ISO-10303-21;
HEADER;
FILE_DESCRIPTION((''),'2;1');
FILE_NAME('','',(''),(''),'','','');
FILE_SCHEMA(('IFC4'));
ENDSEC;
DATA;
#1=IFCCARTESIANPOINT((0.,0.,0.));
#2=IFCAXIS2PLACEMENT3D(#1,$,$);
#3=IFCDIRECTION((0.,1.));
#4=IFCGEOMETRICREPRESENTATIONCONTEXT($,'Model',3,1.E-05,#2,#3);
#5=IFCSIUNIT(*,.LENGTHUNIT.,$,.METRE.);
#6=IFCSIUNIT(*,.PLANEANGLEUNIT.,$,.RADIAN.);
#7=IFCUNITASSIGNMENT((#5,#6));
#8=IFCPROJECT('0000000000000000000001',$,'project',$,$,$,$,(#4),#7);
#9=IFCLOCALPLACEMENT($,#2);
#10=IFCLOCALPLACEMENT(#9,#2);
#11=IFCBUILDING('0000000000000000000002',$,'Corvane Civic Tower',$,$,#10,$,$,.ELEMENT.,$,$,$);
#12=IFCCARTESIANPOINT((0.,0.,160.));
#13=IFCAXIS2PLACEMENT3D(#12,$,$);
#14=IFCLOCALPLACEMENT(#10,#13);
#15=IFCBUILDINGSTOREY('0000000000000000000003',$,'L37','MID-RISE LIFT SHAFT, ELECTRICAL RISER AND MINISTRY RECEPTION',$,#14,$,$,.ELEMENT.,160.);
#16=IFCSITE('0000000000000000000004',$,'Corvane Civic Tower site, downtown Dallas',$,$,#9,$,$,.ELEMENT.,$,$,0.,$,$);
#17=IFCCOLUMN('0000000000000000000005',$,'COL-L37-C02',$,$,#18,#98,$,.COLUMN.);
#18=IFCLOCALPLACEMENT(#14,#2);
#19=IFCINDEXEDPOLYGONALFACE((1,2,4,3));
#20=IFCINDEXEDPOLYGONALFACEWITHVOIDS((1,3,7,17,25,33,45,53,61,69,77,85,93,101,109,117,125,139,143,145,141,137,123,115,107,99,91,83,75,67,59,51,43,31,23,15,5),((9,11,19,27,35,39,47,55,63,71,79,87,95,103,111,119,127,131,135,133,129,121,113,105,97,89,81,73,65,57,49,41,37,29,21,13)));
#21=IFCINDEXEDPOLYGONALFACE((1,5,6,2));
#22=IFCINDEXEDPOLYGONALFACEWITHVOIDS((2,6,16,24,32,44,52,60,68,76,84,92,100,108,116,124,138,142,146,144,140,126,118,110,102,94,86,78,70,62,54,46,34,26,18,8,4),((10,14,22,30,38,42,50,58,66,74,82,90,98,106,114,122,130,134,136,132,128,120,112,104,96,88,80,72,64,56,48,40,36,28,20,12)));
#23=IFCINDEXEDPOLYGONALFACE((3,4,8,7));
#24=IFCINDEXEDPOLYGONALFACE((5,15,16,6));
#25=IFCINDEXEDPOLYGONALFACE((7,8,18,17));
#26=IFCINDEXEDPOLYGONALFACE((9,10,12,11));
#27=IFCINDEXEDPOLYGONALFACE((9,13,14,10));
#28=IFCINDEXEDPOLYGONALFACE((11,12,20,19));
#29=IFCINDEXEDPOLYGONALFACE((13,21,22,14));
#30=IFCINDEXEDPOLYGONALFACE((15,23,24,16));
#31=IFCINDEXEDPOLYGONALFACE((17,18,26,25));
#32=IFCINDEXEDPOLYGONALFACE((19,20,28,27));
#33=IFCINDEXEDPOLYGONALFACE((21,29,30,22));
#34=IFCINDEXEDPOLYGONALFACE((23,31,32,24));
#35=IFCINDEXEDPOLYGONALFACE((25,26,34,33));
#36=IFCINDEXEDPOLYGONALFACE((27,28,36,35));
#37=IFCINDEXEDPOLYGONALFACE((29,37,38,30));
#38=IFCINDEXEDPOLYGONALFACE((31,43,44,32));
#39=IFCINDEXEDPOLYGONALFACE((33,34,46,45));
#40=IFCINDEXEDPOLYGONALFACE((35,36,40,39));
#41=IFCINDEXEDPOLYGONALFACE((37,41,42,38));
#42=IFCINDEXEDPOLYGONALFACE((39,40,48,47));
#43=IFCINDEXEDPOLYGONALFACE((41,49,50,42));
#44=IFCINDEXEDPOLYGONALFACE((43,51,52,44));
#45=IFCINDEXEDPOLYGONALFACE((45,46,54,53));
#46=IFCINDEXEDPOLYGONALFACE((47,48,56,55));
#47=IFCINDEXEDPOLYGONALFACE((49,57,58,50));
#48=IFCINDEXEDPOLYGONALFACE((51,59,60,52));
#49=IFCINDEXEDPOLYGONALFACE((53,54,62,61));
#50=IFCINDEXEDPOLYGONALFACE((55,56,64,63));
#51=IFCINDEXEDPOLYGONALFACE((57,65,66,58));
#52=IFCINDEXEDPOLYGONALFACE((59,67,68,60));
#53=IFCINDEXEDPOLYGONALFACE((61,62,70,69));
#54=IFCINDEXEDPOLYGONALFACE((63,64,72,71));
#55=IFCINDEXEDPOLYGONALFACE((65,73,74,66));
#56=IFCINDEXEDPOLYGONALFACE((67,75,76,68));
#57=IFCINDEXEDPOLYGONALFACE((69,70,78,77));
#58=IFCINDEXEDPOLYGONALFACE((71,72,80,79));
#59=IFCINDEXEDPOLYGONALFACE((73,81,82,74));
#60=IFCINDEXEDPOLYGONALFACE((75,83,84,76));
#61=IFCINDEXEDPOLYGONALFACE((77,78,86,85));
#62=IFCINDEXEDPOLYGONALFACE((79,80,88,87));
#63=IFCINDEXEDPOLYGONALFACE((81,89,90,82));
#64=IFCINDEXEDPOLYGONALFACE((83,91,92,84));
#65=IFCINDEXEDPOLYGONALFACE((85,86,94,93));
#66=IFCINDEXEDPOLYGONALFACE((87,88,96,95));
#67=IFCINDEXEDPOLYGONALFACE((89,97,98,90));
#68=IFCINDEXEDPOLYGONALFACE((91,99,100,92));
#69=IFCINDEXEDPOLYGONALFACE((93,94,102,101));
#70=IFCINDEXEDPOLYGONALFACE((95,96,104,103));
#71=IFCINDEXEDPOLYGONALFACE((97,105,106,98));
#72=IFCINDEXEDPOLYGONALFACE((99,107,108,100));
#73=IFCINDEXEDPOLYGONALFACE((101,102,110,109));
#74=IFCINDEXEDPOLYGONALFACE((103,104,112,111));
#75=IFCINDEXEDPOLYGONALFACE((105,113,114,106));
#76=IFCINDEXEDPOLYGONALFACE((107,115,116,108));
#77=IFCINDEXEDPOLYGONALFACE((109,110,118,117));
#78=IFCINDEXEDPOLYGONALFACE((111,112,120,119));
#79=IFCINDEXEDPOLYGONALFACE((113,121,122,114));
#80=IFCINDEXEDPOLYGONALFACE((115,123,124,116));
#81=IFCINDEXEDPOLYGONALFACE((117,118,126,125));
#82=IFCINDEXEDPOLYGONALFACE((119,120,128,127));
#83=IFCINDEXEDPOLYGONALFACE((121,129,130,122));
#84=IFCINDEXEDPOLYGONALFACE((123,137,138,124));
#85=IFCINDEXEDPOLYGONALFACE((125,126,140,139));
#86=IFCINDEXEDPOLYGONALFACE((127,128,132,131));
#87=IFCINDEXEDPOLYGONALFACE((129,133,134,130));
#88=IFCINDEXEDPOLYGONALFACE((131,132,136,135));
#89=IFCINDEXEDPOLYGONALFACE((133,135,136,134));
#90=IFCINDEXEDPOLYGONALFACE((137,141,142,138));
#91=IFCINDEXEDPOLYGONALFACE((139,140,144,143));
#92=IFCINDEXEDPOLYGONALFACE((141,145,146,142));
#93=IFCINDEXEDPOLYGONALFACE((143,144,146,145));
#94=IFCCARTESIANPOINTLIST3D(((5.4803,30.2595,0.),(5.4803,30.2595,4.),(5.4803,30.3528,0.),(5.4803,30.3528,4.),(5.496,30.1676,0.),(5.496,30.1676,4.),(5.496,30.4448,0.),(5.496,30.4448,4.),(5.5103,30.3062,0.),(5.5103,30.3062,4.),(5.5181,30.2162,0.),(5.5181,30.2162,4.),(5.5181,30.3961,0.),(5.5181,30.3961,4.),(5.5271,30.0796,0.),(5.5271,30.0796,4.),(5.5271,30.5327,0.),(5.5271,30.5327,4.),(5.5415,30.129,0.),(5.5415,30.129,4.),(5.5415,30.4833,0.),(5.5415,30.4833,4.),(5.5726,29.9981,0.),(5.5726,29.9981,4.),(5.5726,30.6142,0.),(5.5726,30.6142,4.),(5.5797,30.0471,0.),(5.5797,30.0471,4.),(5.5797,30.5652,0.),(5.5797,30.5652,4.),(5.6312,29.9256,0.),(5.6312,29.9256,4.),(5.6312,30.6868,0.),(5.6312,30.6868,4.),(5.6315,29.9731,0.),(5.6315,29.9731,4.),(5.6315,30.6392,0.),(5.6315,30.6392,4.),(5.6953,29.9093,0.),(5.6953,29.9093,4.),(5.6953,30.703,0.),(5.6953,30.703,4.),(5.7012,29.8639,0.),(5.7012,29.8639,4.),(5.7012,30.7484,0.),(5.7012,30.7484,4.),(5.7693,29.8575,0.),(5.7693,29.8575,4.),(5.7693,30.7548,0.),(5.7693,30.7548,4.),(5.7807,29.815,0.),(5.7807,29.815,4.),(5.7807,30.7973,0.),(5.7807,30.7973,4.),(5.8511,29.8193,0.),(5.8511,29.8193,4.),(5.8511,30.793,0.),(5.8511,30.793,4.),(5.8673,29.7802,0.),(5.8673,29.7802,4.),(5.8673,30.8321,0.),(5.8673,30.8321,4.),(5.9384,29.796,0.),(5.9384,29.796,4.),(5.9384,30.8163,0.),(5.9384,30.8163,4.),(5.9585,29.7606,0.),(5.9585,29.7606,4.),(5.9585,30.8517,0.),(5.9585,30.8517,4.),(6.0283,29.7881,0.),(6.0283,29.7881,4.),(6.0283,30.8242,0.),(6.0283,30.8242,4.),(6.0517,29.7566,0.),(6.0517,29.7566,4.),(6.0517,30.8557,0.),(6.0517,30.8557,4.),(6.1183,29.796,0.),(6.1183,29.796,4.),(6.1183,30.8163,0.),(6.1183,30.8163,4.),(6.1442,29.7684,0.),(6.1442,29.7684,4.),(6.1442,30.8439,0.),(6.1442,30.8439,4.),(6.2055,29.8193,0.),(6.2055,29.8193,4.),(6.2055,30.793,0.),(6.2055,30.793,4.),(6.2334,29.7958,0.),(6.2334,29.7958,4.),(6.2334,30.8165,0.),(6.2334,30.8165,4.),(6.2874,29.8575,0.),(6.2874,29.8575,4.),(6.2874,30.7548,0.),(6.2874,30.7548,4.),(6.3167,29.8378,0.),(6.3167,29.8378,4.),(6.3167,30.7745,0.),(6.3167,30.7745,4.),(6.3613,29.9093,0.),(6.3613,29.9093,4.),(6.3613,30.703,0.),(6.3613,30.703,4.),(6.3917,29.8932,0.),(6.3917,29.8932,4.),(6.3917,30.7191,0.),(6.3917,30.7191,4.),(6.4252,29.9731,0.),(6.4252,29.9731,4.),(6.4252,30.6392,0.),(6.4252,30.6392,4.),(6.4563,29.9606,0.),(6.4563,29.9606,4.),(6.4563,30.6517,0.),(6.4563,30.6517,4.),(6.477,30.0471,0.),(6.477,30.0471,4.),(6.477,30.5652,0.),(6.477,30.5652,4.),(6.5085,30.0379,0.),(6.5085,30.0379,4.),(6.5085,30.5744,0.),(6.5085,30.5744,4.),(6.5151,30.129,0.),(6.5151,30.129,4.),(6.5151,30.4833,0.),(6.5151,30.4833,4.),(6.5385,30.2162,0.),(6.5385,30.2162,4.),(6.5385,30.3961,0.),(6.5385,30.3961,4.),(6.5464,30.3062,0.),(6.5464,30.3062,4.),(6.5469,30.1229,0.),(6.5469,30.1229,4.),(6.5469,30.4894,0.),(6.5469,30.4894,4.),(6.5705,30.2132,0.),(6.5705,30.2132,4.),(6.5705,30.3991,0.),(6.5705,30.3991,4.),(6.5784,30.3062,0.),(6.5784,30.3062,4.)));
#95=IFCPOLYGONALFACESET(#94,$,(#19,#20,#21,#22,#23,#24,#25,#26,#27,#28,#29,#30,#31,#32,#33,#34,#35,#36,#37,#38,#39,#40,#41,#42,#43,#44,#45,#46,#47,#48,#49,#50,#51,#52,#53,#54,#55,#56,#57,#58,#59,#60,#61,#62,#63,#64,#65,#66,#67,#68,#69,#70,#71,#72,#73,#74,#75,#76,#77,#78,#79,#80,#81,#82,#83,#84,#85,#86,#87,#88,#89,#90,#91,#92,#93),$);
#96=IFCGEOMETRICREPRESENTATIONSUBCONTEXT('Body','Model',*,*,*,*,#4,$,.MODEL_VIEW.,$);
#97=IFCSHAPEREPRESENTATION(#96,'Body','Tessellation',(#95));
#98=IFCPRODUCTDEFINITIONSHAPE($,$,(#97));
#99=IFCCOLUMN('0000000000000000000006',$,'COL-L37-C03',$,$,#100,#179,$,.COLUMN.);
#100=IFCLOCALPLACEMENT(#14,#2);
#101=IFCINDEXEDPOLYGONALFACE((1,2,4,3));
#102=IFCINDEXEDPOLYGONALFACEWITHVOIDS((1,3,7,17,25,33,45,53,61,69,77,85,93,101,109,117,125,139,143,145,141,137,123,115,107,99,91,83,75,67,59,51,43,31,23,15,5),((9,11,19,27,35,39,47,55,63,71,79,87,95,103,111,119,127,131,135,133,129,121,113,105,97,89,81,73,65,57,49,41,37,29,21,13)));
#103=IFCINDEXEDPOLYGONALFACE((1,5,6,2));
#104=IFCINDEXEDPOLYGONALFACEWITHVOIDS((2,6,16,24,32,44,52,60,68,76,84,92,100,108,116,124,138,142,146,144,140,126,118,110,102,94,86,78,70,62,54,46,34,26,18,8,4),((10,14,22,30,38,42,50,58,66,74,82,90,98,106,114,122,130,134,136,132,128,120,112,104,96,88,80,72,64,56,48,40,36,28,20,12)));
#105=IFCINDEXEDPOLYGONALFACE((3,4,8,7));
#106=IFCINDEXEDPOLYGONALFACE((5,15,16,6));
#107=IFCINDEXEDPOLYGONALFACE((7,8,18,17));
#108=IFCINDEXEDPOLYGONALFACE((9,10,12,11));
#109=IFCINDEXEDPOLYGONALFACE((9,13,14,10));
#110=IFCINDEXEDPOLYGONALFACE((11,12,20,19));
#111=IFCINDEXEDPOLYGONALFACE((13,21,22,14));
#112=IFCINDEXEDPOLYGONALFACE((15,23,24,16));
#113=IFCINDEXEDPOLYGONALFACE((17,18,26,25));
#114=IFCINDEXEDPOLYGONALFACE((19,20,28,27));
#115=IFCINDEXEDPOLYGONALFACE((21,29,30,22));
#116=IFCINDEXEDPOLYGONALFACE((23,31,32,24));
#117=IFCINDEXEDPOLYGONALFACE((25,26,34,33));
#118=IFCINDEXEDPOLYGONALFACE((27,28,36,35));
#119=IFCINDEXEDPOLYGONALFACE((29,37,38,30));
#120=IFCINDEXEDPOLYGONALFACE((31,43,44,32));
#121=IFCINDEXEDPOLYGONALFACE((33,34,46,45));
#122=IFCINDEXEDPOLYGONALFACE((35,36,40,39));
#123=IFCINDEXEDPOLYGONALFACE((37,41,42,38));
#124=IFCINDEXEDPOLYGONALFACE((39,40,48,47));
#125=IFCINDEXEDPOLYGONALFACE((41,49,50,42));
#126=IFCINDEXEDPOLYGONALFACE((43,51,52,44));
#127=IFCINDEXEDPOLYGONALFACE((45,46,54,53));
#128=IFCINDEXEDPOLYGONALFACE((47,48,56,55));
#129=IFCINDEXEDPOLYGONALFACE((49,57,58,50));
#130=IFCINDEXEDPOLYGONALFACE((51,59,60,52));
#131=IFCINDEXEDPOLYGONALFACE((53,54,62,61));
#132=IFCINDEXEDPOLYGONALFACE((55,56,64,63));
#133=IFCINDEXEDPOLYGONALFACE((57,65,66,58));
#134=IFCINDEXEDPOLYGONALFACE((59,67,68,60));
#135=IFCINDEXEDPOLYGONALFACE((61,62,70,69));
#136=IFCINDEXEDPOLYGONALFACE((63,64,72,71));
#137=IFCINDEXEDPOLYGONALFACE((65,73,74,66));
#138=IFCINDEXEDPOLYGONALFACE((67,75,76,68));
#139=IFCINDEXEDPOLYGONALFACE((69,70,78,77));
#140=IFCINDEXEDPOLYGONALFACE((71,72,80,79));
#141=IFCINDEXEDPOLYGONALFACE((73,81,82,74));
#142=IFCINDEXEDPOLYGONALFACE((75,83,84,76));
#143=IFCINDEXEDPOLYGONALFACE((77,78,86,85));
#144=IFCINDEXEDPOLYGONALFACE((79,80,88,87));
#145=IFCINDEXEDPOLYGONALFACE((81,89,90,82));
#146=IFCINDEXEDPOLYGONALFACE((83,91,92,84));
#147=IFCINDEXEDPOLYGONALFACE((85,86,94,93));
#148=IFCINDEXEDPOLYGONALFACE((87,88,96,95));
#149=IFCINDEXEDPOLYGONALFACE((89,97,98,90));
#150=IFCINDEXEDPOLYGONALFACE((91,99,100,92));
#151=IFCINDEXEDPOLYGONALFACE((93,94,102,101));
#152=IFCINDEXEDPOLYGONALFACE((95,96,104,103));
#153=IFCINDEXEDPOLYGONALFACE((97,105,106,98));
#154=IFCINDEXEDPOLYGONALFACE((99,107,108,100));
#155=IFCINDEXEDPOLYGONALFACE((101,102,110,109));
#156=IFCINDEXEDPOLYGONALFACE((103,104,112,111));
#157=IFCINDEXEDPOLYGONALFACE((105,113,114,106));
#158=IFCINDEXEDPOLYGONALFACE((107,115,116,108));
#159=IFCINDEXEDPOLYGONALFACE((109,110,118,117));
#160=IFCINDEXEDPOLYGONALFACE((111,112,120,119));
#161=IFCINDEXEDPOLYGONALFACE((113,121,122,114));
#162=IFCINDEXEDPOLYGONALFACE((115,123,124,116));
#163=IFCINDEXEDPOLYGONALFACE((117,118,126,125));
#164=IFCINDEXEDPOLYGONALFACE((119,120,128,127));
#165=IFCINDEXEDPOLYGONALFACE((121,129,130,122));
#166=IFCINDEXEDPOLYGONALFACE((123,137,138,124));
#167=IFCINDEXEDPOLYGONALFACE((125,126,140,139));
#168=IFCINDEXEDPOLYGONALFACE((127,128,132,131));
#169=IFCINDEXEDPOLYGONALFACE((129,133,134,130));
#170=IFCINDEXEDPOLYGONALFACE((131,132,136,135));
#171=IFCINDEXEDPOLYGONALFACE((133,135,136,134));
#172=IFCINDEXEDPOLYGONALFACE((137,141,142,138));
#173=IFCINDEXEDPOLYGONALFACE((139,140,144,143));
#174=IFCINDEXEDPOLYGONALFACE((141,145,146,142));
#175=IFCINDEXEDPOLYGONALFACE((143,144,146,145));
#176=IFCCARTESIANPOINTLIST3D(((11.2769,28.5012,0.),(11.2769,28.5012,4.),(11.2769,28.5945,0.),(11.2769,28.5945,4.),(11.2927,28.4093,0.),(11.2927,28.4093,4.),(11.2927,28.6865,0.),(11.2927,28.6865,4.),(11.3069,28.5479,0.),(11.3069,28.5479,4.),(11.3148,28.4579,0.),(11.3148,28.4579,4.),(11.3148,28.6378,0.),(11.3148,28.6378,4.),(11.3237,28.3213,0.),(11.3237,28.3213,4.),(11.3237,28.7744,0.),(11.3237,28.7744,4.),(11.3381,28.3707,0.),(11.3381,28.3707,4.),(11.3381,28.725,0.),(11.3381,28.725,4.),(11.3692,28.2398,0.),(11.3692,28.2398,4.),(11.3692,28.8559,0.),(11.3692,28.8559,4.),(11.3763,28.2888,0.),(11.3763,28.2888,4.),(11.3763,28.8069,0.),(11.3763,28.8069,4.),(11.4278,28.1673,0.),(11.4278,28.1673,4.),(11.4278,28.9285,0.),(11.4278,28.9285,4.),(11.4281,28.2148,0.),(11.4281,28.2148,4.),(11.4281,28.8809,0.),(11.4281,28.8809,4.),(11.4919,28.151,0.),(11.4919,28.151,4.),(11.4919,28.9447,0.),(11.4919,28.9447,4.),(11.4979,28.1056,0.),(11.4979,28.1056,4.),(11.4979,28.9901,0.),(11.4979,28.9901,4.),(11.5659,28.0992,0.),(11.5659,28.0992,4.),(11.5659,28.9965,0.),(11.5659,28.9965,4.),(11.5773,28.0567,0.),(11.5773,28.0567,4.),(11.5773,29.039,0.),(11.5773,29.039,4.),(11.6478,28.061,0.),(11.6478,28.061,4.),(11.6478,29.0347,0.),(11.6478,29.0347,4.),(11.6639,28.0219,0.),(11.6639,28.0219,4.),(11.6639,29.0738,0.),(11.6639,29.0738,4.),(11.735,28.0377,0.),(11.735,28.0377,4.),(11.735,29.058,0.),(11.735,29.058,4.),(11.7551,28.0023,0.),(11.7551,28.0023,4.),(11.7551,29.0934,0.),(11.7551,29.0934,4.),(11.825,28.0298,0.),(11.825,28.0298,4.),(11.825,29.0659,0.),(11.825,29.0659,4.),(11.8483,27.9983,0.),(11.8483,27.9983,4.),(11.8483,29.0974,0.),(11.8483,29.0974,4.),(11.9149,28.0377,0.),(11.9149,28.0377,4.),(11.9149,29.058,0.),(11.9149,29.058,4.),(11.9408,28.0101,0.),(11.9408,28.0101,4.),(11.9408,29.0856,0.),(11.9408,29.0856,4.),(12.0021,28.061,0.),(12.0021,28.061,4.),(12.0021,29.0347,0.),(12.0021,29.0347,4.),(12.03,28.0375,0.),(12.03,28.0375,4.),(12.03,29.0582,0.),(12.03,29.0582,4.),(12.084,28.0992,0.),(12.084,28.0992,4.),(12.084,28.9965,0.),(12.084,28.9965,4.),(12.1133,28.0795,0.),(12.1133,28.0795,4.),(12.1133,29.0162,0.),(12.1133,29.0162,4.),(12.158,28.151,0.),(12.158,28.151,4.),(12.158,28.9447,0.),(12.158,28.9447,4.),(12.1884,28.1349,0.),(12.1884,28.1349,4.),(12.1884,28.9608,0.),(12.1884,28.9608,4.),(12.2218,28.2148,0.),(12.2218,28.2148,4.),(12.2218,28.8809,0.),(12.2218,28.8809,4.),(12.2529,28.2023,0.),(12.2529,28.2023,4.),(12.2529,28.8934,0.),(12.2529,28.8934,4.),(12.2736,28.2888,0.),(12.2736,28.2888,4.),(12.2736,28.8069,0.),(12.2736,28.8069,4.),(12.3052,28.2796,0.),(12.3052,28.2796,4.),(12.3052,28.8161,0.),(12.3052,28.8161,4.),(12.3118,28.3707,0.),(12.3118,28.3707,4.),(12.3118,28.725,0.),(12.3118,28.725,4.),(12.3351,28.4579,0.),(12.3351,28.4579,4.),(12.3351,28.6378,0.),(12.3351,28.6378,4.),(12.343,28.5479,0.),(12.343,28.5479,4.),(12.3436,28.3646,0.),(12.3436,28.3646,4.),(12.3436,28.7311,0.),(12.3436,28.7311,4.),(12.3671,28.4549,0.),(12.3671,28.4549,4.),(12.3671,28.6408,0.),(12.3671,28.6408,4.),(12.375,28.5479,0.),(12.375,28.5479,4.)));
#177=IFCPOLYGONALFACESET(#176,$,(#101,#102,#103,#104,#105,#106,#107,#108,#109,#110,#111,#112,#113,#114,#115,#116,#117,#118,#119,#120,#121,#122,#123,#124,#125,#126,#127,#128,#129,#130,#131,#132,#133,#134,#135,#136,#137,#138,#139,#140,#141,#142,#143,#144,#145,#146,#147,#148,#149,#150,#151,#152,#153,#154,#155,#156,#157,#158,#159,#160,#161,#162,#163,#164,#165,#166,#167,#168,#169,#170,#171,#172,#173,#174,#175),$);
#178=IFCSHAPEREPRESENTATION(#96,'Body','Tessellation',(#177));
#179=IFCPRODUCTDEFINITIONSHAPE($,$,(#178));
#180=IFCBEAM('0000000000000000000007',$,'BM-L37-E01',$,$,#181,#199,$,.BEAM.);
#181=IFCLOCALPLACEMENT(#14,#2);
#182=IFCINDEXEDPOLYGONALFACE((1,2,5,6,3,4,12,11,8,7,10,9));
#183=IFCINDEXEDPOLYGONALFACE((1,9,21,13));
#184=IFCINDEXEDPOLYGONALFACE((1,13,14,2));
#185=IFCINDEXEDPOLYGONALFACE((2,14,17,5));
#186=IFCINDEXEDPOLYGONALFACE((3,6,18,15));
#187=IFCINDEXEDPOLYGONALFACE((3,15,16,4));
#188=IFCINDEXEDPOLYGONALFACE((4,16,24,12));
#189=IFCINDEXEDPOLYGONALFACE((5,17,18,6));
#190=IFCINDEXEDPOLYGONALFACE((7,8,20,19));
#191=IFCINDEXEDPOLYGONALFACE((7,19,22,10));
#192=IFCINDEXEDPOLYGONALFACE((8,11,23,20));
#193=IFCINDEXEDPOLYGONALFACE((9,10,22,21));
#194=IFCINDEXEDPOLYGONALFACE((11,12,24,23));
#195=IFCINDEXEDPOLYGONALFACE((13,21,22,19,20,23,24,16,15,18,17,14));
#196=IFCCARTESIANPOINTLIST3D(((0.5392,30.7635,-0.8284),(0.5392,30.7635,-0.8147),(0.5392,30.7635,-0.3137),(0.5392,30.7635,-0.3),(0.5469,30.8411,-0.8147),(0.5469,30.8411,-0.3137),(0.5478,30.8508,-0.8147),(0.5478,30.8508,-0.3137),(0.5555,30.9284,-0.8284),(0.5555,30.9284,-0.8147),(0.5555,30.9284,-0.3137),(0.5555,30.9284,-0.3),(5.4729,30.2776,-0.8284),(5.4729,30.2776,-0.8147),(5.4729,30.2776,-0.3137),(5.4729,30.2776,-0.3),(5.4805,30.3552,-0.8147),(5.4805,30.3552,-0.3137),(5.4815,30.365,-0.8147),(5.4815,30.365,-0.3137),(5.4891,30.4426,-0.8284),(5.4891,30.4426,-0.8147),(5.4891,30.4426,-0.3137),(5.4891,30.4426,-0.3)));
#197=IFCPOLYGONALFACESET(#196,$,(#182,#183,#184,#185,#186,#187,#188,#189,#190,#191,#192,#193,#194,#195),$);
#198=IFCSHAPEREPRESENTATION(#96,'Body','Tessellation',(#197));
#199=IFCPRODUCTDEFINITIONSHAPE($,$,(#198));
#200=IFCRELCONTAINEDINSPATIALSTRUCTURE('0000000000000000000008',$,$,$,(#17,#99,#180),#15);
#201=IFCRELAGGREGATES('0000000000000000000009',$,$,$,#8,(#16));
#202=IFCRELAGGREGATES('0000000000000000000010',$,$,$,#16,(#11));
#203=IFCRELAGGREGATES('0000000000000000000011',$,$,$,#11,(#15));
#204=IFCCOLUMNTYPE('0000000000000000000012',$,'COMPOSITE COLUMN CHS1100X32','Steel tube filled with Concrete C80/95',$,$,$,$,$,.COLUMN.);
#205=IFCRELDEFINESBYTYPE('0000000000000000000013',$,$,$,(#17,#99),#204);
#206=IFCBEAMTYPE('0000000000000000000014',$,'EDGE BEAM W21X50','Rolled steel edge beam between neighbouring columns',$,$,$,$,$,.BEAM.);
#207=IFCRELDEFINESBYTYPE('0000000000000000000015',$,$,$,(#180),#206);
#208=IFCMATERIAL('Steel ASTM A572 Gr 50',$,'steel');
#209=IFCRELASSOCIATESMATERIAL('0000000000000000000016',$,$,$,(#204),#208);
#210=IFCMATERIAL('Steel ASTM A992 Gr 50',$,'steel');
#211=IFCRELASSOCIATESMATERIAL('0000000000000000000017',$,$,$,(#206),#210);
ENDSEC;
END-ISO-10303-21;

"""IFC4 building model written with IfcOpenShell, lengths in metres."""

from ifc_helpers import new_model, si_unit, direction, frame, origin, origin_2d, place, context, subcontext, project, spatial, hollow_circle, i_section, extrude, material, material_profile, profile_set, type_object, element, save


model = new_model("IFC4")

# Units and contexts
model_context = context("Model", 3, precision=1e-05, world=origin(), true_north=direction((0.0, 1.0)))
body_context = subcontext(model_context, "Body", "Model", "MODEL_VIEW")
ifc_project = project(units=[si_unit("LENGTHUNIT", "METRE"), si_unit("PLANEANGLEUNIT", "RADIAN")], contexts=[model_context])

# Site, building, storey
site_placement = place(None, origin())
site = spatial("IfcSite", under=ifc_project, at=site_placement, Name="Corvane Civic Tower site, downtown Dallas", CompositionType="ELEMENT", RefElevation=0.0)
building_placement = place(site_placement, origin())
building = spatial("IfcBuilding", under=site, at=building_placement, Name="Corvane Civic Tower", CompositionType="ELEMENT")
storey_placement = place(building_placement, frame((0.0, 0.0, 160.0)))
storey = spatial("IfcBuildingStorey", under=building, at=storey_placement, Name="L37", Description="MID-RISE LIFT SHAFT, ELECTRICAL RISER AND MINISTRY RECEPTION", CompositionType="ELEMENT", Elevation=160.0)

# Columns
ifc_material_1 = material(Name="Steel ASTM A572 Gr 50", Category="steel")
ifc_material_profile_1 = material_profile(ifc_material_1, hollow_circle(Radius=0.55, WallThickness=0.032, at=origin_2d()), Name="CHS1100X32")
ifc_profile_set_1 = profile_set([ifc_material_profile_1], Name="Steel ASTM A572 Gr 50")
column_type = type_object("IfcColumnType", Name="COMPOSITE COLUMN CHS1100X32", Description="Steel tube filled with Concrete C80/95", PredefinedType="COLUMN", material=ifc_profile_set_1)
for number, where, z_axis, x_axis, name in (
    (1, (6.0283, 30.3062, 0.0), (0.0, 0.0, 1.0), (1.0, 0.0, 0.0), "COL-L37-C02"),
    (2, (11.825, 28.5479, 0.0), (0.0, 0.0, 1.0), (1.0, 0.0, 0.0), "COL-L37-C03"),
):
    element("IfcColumn", number, at=place(storey_placement, frame(where, z_axis=z_axis, x_axis=x_axis)), inside=storey, type_object=column_type, Name=name, PredefinedType="COLUMN", context=body_context, shape_type="SweptSolid", body=[
        extrude(hollow_circle(Radius=0.55, WallThickness=0.032, at=origin_2d()), origin(), (0.0, 0.0, 1.0), 4.0),
    ])

# Beam
ifc_material_2 = material(Name="Steel ASTM A992 Gr 50", Category="steel")
ifc_material_profile_2 = material_profile(ifc_material_2, i_section(OverallWidth=0.1658, OverallDepth=0.5283, WebThickness=0.0098, FlangeThickness=0.0137, at=origin_2d()), Name="W21X50")
ifc_profile_set_2 = profile_set([ifc_material_profile_2], Name="Steel ASTM A992 Gr 50")
beam_type_1 = type_object("IfcBeamType", Name="EDGE BEAM W21X50", Description="Rolled steel edge beam between neighbouring columns", PredefinedType="BEAM", material=ifc_profile_set_2)
beam_1_placement = place(storey_placement, frame((0.5474, 30.8459, -0.5642), z_axis=(0.995186, -0.098002, 0.0), x_axis=(0.098002, 0.995186, 0.0)))
element("IfcBeam", 3, at=beam_1_placement, inside=storey, type_object=beam_type_1, Name="BM-L37-E01", PredefinedType="BEAM", context=body_context, shape_type="SweptSolid", body=[
    extrude(i_section(OverallWidth=0.1658, OverallDepth=0.5283, WebThickness=0.0098, FlangeThickness=0.0137, at=origin_2d()), origin(), (0.0, 0.0, 1.0), 4.9575),
])

save(model, "model.ifc")
